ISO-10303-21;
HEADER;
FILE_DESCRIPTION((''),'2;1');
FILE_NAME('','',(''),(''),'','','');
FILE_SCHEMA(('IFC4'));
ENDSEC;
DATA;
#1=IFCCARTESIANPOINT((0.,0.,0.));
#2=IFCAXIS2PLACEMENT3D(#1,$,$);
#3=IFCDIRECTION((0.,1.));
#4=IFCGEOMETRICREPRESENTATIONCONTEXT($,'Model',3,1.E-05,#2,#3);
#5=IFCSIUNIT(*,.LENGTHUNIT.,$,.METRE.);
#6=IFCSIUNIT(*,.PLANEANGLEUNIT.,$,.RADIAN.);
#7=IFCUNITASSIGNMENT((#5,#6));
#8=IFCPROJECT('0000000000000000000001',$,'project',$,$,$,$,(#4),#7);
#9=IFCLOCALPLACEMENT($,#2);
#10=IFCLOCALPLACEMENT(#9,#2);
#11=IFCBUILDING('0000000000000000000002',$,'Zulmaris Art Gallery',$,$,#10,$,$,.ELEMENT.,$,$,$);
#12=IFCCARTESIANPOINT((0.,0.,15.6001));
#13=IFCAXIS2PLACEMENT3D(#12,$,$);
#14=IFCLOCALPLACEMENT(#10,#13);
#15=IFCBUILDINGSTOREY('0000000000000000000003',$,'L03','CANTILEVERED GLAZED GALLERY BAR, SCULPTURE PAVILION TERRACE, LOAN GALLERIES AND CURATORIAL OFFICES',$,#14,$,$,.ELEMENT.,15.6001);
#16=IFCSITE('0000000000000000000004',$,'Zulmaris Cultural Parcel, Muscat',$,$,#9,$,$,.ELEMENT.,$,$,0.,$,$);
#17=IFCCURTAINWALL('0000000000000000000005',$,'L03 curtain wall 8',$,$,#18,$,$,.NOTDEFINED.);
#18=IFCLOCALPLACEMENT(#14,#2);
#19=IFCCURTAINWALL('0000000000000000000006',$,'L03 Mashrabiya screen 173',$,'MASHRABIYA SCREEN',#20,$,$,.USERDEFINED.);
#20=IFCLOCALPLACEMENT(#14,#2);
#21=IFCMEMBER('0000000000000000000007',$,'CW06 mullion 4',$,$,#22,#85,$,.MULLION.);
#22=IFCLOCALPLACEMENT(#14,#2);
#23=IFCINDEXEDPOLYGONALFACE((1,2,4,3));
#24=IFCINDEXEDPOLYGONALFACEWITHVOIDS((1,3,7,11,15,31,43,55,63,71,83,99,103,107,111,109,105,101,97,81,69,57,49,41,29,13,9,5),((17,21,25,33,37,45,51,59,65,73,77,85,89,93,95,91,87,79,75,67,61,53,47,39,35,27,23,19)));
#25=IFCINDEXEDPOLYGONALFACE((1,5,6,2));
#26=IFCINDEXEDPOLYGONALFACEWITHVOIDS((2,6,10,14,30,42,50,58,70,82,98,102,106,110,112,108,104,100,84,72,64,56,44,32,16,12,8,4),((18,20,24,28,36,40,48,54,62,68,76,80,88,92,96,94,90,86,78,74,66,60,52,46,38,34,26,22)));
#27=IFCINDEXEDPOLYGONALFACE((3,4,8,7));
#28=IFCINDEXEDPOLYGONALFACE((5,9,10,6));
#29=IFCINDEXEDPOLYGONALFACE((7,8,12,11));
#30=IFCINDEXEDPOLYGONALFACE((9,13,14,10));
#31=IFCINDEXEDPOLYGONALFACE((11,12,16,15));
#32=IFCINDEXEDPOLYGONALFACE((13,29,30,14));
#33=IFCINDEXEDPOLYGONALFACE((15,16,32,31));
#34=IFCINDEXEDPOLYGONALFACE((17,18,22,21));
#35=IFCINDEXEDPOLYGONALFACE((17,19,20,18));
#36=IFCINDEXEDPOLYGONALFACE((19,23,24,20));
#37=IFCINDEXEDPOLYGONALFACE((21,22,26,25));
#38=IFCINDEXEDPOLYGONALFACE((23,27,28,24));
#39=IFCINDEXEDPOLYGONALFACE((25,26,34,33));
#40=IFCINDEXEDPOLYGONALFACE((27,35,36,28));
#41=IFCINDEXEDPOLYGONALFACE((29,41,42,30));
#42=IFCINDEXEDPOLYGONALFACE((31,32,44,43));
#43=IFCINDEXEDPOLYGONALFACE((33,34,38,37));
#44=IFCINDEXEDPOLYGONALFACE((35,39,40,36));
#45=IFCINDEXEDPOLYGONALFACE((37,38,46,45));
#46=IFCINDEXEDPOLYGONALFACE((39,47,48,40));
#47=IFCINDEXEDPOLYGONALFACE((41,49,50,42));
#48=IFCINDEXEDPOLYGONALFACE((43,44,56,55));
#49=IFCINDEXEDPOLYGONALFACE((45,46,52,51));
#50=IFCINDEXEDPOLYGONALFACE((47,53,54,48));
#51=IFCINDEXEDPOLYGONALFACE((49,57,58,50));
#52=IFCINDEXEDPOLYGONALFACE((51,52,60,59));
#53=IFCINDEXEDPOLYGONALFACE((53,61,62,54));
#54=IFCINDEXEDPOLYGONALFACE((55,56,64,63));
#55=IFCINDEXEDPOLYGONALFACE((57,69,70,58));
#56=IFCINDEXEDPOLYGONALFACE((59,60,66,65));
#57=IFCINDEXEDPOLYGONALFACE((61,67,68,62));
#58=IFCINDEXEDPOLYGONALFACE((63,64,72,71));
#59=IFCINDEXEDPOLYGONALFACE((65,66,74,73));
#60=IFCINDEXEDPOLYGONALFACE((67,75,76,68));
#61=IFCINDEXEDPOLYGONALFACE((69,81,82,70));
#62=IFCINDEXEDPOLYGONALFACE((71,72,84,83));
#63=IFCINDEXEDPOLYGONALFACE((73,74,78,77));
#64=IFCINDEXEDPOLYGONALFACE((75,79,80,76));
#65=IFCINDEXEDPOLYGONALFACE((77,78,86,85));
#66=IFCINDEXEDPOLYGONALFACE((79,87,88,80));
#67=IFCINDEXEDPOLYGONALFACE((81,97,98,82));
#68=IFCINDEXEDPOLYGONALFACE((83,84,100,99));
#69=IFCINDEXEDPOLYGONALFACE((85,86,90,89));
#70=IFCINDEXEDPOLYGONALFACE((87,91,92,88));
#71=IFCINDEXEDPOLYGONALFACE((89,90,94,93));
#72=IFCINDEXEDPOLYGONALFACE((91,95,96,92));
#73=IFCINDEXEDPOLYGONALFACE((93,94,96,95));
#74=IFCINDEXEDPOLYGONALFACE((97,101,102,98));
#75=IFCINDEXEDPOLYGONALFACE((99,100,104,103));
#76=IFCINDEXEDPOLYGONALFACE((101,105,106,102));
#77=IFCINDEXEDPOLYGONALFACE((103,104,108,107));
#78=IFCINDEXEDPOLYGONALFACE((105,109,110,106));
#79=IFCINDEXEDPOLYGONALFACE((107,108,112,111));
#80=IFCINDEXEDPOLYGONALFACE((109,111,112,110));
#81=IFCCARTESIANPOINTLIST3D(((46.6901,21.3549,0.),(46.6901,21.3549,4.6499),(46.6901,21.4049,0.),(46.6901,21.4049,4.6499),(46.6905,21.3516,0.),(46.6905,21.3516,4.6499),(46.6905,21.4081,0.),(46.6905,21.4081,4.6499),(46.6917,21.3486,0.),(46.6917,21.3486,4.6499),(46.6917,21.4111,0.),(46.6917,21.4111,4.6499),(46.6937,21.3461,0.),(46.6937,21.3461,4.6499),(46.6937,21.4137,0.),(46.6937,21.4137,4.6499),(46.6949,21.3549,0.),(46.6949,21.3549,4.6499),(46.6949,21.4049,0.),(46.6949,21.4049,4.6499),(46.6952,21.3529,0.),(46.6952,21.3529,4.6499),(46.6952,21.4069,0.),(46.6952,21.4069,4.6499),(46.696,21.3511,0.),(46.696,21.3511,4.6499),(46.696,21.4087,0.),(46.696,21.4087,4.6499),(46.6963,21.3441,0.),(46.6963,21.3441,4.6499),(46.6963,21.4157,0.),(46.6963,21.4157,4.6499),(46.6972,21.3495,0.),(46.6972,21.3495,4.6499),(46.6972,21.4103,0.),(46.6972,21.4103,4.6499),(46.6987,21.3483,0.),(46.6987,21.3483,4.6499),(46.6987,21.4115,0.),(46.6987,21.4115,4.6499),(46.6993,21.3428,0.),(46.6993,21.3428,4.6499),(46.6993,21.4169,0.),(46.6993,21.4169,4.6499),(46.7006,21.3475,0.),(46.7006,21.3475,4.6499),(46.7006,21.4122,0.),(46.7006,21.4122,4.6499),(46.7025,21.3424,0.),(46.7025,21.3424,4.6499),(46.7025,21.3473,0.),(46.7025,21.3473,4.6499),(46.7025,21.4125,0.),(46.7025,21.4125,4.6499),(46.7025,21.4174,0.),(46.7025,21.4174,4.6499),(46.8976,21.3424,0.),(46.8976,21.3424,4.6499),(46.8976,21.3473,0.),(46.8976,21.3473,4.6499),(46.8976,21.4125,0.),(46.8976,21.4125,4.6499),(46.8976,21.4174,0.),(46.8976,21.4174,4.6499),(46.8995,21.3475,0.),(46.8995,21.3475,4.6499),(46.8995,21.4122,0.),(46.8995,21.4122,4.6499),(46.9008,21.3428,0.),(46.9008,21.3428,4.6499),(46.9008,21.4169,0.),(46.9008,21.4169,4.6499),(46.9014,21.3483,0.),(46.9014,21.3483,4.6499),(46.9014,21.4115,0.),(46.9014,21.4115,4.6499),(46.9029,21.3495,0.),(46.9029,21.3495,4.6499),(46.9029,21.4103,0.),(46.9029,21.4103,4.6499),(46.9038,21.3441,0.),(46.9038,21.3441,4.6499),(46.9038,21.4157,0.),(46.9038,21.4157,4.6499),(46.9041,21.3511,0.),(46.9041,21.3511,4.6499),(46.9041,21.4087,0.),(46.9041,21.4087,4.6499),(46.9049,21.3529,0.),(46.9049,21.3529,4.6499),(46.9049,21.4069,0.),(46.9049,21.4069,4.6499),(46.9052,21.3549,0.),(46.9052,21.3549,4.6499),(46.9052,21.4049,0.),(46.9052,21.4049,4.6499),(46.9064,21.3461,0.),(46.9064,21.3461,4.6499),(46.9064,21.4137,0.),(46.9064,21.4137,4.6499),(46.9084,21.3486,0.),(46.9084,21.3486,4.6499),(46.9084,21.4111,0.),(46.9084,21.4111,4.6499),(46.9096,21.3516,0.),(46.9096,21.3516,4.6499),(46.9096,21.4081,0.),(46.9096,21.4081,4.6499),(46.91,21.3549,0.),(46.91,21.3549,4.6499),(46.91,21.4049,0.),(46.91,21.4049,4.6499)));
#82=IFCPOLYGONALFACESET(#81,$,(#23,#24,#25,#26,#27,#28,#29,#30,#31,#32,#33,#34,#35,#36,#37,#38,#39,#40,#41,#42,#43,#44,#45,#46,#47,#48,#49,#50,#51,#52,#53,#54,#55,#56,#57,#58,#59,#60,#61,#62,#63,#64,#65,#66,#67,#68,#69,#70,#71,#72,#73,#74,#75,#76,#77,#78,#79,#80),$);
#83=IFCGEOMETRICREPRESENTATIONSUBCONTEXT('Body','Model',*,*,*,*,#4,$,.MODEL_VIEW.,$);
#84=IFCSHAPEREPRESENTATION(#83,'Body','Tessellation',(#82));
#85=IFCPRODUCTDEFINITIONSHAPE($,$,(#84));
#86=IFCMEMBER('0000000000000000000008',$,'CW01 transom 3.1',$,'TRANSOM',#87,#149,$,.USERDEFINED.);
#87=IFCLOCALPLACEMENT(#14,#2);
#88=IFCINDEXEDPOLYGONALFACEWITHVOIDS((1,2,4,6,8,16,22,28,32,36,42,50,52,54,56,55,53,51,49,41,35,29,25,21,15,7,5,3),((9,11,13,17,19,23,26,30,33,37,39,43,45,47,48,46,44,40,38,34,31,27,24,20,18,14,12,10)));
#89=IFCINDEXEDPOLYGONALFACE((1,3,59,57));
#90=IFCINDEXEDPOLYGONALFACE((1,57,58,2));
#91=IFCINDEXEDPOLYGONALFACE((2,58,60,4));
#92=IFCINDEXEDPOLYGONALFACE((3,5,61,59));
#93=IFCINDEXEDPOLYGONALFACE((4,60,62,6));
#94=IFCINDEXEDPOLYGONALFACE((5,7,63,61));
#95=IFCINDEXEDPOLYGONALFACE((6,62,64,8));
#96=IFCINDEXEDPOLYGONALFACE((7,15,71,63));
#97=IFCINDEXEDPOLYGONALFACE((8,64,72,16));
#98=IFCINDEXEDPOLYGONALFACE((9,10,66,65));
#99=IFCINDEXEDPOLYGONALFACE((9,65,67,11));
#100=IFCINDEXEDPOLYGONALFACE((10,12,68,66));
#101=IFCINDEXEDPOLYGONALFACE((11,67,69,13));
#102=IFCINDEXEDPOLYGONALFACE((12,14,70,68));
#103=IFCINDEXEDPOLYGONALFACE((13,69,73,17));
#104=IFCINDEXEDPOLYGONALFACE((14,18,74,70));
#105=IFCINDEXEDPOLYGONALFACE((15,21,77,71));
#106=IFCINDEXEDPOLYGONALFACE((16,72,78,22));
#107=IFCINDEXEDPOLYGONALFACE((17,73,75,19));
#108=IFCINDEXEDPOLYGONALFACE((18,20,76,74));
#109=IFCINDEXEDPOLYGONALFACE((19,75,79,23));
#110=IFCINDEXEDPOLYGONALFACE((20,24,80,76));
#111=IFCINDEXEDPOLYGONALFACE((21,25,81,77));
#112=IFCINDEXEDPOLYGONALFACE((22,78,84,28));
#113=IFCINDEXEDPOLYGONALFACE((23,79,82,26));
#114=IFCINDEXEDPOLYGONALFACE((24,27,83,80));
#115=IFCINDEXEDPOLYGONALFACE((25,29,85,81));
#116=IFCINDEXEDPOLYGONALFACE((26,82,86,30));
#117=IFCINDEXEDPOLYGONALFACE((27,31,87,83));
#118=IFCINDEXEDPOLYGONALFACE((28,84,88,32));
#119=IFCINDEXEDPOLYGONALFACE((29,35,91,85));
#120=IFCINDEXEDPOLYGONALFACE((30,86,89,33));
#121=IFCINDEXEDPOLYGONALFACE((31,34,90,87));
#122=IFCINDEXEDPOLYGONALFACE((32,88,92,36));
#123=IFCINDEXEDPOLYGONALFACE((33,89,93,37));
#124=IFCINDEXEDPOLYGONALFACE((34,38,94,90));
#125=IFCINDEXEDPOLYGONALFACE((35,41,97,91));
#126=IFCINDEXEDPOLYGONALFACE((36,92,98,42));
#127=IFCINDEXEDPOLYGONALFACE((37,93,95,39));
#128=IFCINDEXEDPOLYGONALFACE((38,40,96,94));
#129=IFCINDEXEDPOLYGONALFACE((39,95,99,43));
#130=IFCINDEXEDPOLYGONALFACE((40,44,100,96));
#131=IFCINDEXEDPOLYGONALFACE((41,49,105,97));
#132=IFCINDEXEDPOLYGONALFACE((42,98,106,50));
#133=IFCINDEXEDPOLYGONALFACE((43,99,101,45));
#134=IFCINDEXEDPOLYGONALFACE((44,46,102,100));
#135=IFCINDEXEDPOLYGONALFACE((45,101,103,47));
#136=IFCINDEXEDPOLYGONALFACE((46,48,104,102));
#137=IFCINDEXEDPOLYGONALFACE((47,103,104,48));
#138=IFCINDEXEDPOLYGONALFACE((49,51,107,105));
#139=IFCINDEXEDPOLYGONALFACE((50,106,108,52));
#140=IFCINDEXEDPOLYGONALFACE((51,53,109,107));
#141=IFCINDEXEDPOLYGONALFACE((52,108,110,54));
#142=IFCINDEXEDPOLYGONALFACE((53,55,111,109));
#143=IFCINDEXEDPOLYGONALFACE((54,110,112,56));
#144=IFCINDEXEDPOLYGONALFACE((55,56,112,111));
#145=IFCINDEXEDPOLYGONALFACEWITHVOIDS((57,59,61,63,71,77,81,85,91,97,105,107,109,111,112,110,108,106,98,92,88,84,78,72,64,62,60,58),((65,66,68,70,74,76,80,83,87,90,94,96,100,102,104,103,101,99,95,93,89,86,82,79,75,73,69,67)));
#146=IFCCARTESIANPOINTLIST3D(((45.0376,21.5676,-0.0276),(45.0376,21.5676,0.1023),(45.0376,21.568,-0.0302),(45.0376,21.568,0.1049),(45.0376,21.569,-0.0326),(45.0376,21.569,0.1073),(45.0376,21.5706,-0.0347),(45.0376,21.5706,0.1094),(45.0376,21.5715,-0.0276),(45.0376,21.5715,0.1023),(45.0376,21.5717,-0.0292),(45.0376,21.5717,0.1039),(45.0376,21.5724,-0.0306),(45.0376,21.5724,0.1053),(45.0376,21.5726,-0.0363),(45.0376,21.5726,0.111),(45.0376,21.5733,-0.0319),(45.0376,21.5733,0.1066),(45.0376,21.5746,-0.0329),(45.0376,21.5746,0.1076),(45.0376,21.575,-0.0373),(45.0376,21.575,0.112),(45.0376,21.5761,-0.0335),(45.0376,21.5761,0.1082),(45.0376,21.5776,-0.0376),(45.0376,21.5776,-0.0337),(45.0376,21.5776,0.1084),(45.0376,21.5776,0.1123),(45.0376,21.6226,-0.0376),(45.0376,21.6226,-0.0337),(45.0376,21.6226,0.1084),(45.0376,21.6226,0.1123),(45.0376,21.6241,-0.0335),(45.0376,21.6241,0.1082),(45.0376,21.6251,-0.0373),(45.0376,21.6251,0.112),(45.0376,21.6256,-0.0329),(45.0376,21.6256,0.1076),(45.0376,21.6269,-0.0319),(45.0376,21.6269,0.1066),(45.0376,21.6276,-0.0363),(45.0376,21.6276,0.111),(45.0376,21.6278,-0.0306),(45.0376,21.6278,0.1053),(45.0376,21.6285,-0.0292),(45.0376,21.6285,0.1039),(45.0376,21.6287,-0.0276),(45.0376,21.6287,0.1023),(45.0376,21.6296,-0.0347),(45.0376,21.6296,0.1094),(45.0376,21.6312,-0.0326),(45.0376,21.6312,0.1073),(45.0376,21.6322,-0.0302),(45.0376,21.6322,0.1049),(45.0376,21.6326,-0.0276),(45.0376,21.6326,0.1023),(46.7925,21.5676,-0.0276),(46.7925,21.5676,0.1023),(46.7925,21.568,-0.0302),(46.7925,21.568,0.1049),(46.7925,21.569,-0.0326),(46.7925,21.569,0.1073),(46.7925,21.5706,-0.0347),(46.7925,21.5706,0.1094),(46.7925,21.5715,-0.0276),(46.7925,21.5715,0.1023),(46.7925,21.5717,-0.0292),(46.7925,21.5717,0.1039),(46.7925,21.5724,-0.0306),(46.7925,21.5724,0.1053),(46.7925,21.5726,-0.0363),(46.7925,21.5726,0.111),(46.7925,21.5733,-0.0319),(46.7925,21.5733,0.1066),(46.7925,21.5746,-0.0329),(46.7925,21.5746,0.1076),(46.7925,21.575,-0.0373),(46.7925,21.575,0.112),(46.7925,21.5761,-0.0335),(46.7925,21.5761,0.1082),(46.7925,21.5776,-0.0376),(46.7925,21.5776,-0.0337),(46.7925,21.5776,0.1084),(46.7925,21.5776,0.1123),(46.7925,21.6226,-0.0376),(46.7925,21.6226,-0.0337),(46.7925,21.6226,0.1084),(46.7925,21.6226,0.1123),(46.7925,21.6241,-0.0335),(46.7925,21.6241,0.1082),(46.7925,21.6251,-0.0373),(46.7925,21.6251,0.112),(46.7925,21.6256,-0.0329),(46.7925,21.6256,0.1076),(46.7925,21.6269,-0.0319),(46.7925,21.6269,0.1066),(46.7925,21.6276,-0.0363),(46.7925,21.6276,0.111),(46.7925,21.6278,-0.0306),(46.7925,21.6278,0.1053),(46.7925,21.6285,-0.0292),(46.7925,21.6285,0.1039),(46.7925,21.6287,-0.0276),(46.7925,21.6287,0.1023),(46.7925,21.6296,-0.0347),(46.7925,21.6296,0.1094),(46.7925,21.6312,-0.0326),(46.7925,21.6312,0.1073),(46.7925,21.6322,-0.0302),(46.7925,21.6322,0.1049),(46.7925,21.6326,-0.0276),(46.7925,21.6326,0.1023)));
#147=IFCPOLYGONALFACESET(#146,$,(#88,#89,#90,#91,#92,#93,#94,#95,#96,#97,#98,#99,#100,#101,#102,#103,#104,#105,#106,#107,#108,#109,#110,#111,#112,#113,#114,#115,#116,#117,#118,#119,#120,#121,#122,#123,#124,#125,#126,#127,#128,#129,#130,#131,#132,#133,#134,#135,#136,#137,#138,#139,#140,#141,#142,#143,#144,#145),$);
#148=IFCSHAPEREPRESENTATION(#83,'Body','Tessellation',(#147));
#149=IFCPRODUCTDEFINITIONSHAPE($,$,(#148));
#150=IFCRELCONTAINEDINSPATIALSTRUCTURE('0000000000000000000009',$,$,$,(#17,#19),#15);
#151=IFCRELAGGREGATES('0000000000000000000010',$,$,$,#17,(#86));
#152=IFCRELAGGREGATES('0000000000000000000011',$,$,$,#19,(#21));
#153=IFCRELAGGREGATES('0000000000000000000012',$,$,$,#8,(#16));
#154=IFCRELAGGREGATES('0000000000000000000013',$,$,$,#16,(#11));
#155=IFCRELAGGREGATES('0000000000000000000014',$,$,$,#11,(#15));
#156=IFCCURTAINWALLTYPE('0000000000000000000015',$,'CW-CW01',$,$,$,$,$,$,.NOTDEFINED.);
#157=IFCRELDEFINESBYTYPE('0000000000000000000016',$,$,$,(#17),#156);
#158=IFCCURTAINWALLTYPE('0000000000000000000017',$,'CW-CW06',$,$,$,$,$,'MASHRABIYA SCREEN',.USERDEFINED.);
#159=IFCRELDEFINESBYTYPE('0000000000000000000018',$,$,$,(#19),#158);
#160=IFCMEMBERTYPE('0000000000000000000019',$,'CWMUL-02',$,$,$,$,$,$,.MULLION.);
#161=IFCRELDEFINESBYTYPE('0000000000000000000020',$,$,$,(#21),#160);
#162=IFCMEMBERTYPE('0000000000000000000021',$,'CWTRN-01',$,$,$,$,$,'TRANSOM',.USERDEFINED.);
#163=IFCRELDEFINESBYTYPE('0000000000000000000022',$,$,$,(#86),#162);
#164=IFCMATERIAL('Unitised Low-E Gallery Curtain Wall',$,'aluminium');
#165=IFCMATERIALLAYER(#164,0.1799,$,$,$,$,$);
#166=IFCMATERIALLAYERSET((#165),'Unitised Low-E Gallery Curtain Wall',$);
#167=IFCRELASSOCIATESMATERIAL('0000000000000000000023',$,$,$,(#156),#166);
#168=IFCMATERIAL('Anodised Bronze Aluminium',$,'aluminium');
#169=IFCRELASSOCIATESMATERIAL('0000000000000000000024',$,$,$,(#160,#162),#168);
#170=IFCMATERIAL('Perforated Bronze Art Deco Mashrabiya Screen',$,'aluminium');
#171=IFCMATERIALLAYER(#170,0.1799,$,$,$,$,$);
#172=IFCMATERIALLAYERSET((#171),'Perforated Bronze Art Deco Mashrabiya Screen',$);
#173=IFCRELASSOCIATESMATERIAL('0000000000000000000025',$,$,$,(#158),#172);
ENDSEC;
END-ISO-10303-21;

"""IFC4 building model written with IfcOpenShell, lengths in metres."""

from ifc_helpers import new_model, si_unit, direction, frame, origin, origin_2d, place, context, subcontext, project, spatial, hollow_rectangle, extrude, material, layer, layer_set, material_profile, profile_set, type_object, element, aggregate, save


model = new_model("IFC4")

# Units and contexts
model_context = context("Model", 3, precision=1e-05, world=origin(), true_north=direction((0.0, 1.0)))
body_context = subcontext(model_context, "Body", "Model", "MODEL_VIEW")
ifc_project = project(units=[si_unit("LENGTHUNIT", "METRE"), si_unit("PLANEANGLEUNIT", "RADIAN")], contexts=[model_context])

# Site, building, storey
site_placement = place(None, origin())
site = spatial("IfcSite", under=ifc_project, at=site_placement, Name="Zulmaris Cultural Parcel, Muscat", CompositionType="ELEMENT", RefElevation=0.0)
building_placement = place(site_placement, origin())
building = spatial("IfcBuilding", under=site, at=building_placement, Name="Zulmaris Art Gallery", CompositionType="ELEMENT")
storey_placement = place(building_placement, frame((0.0, 0.0, 15.6001)))
storey = spatial("IfcBuildingStorey", under=building, at=storey_placement, Name="L03", Description="CANTILEVERED GLAZED GALLERY BAR, SCULPTURE PAVILION TERRACE, LOAN GALLERIES AND CURATORIAL OFFICES", CompositionType="ELEMENT", Elevation=15.6001)

# Curtain walls, member
ifc_material_1 = material(Name="Unitised Low-E Gallery Curtain Wall", Category="aluminium")
ifc_layer_1 = layer(ifc_material_1, 0.1799)
ifc_layer_set_1 = layer_set([ifc_layer_1], Name="Unitised Low-E Gallery Curtain Wall")
curtain_wall_type_1 = type_object("IfcCurtainWallType", Name="CW-CW01", PredefinedType="NOTDEFINED", material=ifc_layer_set_1)
curtain_wall_1_placement = place(storey_placement, origin())
curtain_wall_1 = element("IfcCurtainWall", 1, at=curtain_wall_1_placement, inside=storey, type_object=curtain_wall_type_1, Name="L03 curtain wall 8", PredefinedType="NOTDEFINED")
ifc_material_2 = material(Name="Anodised Bronze Aluminium", Category="aluminium")
ifc_material_profile_1 = material_profile(ifc_material_2, hollow_rectangle(XDim=0.075, YDim=0.22, WallThickness=0.0049, InnerFilletRadius=0.0076, OuterFilletRadius=0.0125, at=origin_2d()), Name="ALU 75x220x5")
ifc_profile_set_1 = profile_set([ifc_material_profile_1], Name="Anodised Bronze Aluminium")
member_type_1 = type_object("IfcMemberType", Name="CWMUL-02", PredefinedType="MULLION", material=ifc_profile_set_1)
ifc_material_3 = material(Name="Perforated Bronze Art Deco Mashrabiya Screen", Category="aluminium")
ifc_layer_2 = layer(ifc_material_3, 0.1799)
ifc_layer_set_2 = layer_set([ifc_layer_2], Name="Perforated Bronze Art Deco Mashrabiya Screen")
curtain_wall_type_2 = type_object("IfcCurtainWallType", Name="CW-CW06", ElementType="MASHRABIYA SCREEN", PredefinedType="USERDEFINED", material=ifc_layer_set_2)
curtain_wall_2_placement = place(storey_placement, origin())
curtain_wall_2 = element("IfcCurtainWall", 2, at=curtain_wall_2_placement, inside=storey, type_object=curtain_wall_type_2, Name="L03 Mashrabiya screen 173", ObjectType="MASHRABIYA SCREEN", PredefinedType="USERDEFINED")
member_1_placement = place(storey_placement, frame((46.8, 21.3799, 0.0), z_axis=(0.0, 0.0, 1.0), x_axis=(0.0, 1.0, 0.0)))
member_1 = element("IfcMember", 3, at=member_1_placement, type_object=member_type_1, Name="CW06 mullion 4", PredefinedType="MULLION", context=body_context, shape_type="SweptSolid", body=[
    extrude(hollow_rectangle(XDim=0.075, YDim=0.22, WallThickness=0.0049, InnerFilletRadius=0.0076, OuterFilletRadius=0.0125, at=origin_2d()), origin(), (0.0, 0.0, 1.0), 4.6499),
])

# Member
ifc_material_profile_2 = material_profile(ifc_material_2, hollow_rectangle(XDim=0.0649, YDim=0.1499, WallThickness=0.0039, InnerFilletRadius=0.0061, OuterFilletRadius=0.01, at=origin_2d()), Name="ALU 65x150x4")
ifc_profile_set_2 = profile_set([ifc_material_profile_2], Name="Anodised Bronze Aluminium")
member_type_2 = type_object("IfcMemberType", Name="CWTRN-01", ElementType="TRANSOM", PredefinedType="USERDEFINED", material=ifc_profile_set_2)
member_2_placement = place(storey_placement, frame((45.0376, 21.6001, 0.0374), z_axis=(1.0, 0.0, 0.0), x_axis=(0.0, 1.0, 0.0)))
member_2 = element("IfcMember", 4, at=member_2_placement, type_object=member_type_2, Name="CW01 transom 3.1", ObjectType="TRANSOM", PredefinedType="USERDEFINED", context=body_context, shape_type="SweptSolid", body=[
    extrude(hollow_rectangle(XDim=0.0649, YDim=0.1499, WallThickness=0.0039, InnerFilletRadius=0.0061, OuterFilletRadius=0.01, at=origin_2d()), origin(), (0.0, 0.0, 1.0), 1.7549),
])

aggregate(curtain_wall_1, [member_2])
aggregate(curtain_wall_2, [member_1])

save(model, "model.ifc")
